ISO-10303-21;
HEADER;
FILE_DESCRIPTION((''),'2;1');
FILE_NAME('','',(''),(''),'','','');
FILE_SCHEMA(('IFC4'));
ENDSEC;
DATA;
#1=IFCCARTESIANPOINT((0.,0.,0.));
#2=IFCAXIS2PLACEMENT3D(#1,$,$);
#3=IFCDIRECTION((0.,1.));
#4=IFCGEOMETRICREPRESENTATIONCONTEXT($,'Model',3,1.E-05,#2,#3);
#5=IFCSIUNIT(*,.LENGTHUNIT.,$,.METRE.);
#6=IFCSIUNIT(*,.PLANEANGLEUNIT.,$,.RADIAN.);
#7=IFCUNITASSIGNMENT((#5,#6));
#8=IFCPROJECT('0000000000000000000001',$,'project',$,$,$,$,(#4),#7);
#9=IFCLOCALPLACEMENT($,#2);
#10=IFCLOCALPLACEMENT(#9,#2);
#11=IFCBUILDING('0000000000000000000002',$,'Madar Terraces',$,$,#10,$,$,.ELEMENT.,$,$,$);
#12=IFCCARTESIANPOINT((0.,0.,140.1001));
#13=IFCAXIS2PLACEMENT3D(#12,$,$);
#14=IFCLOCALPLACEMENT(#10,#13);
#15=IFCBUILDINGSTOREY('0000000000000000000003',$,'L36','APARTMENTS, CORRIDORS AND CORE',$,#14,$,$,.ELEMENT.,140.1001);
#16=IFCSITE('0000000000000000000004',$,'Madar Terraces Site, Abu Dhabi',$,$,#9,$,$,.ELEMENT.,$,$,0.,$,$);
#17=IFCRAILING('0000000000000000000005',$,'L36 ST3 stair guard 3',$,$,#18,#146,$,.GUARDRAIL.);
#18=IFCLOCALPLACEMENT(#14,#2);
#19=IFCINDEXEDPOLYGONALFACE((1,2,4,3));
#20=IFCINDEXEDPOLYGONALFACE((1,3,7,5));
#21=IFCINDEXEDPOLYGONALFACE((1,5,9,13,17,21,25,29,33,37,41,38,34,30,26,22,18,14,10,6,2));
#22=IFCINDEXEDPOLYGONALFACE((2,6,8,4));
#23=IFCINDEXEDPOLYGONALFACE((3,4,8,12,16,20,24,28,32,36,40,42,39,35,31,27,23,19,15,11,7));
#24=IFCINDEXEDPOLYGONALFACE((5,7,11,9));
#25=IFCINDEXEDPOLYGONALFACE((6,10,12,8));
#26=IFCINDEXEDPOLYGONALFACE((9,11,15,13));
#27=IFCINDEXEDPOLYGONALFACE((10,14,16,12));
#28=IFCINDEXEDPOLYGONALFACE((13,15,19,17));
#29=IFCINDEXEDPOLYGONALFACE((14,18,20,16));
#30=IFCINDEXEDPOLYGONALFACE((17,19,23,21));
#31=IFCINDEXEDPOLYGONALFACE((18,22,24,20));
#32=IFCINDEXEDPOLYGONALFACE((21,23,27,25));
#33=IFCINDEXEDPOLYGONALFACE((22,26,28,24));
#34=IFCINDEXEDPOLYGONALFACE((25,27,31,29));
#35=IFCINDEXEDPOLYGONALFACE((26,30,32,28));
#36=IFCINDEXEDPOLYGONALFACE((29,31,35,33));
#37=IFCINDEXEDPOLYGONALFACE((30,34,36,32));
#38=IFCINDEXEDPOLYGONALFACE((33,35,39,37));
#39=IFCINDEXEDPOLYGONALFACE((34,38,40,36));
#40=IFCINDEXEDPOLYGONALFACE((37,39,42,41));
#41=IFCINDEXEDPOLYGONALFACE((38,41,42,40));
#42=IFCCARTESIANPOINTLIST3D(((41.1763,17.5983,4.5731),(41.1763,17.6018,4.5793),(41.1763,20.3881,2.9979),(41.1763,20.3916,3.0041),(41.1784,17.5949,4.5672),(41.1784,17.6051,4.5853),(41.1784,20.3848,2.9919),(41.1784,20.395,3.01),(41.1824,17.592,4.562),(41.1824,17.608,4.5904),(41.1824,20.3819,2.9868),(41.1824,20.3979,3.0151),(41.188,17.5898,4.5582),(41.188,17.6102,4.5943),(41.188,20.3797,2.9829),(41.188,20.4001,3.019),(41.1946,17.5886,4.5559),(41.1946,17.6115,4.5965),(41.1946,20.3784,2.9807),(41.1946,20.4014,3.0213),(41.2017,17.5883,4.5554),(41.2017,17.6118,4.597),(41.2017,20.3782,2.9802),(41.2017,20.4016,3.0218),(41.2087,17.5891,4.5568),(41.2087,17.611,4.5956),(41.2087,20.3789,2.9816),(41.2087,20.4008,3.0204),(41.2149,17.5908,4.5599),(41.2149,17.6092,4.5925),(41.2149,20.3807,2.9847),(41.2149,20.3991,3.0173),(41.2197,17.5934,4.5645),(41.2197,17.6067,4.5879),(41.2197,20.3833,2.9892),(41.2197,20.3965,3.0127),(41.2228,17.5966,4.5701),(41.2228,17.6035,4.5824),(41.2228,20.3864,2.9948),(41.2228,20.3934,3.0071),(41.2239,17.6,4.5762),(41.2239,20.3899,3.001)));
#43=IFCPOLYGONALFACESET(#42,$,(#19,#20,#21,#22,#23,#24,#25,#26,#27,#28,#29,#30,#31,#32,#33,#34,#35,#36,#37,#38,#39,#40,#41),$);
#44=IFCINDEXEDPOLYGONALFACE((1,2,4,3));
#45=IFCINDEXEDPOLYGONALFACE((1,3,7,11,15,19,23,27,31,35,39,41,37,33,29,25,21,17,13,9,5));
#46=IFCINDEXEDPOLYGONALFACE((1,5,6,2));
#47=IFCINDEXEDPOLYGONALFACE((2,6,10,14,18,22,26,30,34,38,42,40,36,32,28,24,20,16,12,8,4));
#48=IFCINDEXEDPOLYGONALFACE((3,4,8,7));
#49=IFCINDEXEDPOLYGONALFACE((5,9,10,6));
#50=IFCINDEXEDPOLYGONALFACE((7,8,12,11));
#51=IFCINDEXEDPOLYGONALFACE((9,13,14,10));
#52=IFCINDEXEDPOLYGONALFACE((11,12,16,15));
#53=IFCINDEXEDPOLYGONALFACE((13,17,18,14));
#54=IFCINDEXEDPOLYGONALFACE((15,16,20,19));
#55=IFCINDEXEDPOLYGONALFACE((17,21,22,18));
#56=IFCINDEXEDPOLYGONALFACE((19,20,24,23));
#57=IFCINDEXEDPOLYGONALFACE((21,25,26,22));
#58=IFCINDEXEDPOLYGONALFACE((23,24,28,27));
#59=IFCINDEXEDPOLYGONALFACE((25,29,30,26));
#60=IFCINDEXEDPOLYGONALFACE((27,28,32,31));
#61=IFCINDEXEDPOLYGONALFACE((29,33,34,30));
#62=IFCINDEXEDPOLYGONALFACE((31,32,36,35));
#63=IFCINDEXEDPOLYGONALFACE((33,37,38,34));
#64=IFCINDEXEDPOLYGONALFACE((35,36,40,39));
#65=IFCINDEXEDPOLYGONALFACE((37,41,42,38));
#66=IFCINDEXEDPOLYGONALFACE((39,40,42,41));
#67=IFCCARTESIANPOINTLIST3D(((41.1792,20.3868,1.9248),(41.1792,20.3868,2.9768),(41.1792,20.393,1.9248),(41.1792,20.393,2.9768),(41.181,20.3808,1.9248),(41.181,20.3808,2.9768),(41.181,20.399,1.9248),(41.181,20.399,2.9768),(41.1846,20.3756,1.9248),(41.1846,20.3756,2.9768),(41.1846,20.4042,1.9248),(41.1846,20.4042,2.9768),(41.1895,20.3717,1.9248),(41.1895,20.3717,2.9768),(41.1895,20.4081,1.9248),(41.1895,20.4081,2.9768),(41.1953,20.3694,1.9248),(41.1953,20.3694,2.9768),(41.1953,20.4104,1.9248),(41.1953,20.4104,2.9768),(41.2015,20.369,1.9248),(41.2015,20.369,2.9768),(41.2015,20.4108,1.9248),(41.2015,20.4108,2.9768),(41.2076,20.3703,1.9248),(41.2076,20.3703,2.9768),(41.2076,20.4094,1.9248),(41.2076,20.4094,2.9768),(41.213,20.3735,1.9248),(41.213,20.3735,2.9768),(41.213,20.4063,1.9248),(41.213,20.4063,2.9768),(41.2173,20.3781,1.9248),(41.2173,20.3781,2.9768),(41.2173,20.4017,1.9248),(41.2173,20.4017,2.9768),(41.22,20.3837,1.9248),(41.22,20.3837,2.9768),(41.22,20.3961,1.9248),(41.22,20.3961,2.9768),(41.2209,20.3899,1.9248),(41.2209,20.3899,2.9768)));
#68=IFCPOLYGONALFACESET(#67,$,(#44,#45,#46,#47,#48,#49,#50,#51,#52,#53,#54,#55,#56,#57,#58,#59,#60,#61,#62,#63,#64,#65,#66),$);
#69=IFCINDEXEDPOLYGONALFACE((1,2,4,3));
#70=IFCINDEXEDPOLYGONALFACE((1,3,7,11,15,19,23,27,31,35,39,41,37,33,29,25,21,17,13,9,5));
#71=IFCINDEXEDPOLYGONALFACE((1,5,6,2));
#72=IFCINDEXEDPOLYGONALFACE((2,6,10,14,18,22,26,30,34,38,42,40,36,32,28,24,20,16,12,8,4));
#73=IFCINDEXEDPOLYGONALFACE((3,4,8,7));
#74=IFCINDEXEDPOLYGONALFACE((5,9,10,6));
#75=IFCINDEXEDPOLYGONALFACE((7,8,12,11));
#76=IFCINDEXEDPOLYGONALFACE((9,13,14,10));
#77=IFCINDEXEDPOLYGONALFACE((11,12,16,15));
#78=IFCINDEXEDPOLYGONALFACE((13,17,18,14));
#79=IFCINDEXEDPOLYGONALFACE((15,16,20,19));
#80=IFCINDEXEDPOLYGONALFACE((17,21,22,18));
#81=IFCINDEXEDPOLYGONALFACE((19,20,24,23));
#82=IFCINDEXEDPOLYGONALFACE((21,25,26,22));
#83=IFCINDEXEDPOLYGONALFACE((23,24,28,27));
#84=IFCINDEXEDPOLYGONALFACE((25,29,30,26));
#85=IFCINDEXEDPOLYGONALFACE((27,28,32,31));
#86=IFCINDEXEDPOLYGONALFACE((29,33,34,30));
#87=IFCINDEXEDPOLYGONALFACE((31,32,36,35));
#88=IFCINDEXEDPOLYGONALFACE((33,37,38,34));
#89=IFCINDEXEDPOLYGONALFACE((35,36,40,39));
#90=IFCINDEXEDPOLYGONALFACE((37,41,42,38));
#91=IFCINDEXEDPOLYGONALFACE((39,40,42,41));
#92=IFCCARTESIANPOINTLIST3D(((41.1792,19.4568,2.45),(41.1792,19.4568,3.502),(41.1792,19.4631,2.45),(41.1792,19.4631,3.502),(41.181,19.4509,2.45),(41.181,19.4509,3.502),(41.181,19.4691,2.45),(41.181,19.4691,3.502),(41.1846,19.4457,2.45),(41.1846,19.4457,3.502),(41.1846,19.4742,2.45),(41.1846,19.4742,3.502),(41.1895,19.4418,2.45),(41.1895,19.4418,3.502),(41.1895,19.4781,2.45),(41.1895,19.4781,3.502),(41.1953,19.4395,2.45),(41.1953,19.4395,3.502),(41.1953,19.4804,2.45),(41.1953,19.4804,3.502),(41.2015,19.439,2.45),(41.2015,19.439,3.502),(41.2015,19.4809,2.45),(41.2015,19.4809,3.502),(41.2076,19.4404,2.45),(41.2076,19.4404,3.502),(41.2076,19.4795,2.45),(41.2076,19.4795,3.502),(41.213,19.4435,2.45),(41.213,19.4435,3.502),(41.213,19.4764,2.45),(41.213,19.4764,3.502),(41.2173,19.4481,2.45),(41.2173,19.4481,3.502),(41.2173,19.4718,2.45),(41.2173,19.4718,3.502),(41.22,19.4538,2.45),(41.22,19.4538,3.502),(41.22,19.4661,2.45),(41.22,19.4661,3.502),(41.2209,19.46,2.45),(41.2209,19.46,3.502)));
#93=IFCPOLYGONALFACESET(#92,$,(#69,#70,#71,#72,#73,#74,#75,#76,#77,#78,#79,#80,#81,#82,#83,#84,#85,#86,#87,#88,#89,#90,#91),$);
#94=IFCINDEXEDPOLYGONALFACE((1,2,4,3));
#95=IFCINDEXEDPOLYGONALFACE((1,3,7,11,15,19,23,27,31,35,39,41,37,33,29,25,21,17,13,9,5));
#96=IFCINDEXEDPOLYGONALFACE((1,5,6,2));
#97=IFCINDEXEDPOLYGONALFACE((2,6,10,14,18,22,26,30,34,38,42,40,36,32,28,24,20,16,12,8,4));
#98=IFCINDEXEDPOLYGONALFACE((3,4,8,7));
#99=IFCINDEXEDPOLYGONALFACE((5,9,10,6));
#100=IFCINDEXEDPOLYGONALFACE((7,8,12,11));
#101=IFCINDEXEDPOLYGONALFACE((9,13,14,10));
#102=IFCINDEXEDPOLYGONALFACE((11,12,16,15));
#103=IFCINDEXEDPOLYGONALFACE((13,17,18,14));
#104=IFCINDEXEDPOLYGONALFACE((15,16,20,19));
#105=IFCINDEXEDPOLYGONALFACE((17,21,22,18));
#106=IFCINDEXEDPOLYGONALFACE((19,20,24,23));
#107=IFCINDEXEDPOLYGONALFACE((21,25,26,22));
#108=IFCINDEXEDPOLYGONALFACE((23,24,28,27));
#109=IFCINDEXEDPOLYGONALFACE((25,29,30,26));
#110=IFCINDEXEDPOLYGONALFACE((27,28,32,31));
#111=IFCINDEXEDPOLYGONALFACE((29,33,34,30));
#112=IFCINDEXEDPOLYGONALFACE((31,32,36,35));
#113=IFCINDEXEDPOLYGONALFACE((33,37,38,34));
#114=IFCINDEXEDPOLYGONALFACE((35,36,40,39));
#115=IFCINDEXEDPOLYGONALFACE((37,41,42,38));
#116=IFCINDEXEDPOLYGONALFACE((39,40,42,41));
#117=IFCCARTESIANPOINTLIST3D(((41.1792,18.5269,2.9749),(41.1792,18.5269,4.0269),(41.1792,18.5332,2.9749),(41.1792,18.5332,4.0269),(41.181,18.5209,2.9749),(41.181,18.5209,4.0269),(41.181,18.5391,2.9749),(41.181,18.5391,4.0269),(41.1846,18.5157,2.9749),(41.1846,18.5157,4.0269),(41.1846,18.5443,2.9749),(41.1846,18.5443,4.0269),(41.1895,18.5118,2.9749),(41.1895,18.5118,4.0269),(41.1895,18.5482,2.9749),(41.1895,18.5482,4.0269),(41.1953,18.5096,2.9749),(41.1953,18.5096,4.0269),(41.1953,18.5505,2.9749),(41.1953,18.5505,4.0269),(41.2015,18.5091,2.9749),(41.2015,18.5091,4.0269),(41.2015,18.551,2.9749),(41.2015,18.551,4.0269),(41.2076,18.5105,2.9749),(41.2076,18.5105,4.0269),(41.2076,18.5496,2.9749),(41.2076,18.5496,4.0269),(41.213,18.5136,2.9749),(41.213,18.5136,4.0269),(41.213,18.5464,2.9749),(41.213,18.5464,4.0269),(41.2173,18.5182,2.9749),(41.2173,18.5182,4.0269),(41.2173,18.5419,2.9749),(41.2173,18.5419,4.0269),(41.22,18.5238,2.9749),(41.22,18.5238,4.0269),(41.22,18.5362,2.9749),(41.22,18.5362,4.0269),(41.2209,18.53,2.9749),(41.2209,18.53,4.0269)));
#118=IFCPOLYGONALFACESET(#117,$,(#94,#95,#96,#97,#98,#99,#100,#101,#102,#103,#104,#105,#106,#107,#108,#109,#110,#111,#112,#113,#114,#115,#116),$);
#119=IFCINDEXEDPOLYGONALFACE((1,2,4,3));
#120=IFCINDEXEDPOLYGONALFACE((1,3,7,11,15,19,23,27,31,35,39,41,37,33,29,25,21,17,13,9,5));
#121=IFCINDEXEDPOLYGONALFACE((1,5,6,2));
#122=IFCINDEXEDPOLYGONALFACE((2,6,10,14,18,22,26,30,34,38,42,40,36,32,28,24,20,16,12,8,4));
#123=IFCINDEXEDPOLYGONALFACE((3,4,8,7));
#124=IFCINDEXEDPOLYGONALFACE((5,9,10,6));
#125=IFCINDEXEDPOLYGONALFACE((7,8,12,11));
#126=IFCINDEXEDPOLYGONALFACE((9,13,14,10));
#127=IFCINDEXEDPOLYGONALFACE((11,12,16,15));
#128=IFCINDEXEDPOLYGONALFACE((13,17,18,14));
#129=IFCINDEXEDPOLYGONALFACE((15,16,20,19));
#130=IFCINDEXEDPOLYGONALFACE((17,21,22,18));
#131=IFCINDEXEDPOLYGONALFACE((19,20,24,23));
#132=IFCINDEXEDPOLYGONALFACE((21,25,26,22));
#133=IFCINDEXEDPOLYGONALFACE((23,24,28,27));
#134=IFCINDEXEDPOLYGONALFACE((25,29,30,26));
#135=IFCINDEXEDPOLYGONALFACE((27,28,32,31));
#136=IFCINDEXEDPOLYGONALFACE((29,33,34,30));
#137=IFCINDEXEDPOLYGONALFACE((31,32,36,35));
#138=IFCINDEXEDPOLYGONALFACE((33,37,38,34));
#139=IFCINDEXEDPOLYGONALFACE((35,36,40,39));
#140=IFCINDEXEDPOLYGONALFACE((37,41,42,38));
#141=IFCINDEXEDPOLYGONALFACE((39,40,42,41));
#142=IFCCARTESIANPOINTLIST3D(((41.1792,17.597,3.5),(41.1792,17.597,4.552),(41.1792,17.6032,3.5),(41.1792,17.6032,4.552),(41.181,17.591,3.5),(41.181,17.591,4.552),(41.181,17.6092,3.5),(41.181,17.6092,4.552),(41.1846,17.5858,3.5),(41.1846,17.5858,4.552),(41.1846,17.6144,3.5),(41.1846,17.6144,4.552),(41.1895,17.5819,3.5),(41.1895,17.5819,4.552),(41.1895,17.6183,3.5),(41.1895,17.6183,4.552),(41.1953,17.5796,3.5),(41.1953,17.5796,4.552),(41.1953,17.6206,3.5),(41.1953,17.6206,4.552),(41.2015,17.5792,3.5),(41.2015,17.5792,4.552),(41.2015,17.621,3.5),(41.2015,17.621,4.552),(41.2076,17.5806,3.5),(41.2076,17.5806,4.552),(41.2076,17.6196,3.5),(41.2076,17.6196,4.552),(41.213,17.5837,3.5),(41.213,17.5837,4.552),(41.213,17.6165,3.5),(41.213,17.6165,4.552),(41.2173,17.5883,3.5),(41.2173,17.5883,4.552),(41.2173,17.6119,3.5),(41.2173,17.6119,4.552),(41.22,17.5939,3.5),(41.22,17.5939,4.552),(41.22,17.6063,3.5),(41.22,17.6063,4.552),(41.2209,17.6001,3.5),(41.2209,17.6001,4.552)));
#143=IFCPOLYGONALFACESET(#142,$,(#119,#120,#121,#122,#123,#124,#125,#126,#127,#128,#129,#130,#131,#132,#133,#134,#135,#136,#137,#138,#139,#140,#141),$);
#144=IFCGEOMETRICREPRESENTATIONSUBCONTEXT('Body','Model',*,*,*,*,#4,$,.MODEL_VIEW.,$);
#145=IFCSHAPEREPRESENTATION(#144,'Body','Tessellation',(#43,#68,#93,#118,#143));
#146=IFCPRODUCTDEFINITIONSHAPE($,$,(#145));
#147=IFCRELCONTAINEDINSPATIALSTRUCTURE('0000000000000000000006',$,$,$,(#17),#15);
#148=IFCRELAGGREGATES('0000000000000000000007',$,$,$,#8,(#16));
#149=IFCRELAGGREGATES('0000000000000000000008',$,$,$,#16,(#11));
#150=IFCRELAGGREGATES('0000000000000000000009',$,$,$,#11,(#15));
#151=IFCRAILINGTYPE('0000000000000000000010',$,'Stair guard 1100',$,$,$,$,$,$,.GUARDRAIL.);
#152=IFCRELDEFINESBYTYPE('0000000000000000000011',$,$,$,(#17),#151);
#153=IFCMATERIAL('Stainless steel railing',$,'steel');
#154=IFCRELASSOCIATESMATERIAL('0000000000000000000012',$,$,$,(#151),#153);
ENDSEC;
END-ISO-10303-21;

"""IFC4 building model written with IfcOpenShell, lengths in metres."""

from ifc_helpers import new_model, si_unit, direction, frame, origin, origin_2d, place, context, subcontext, project, spatial, circle, extrude, material, type_object, element, save


model = new_model("IFC4")

# Units and contexts
model_context = context("Model", 3, precision=1e-05, world=origin(), true_north=direction((0.0, 1.0)))
body_context = subcontext(model_context, "Body", "Model", "MODEL_VIEW")
ifc_project = project(units=[si_unit("LENGTHUNIT", "METRE"), si_unit("PLANEANGLEUNIT", "RADIAN")], contexts=[model_context])

# Site, building, storey
site_placement = place(None, origin())
site = spatial("IfcSite", under=ifc_project, at=site_placement, Name="Madar Terraces Site, Abu Dhabi", CompositionType="ELEMENT", RefElevation=0.0)
building_placement = place(site_placement, origin())
building = spatial("IfcBuilding", under=site, at=building_placement, Name="Madar Terraces", CompositionType="ELEMENT")
storey_placement = place(building_placement, frame((0.0, 0.0, 140.1001)))
storey = spatial("IfcBuildingStorey", under=building, at=storey_placement, Name="L36", Description="APARTMENTS, CORRIDORS AND CORE", CompositionType="ELEMENT", Elevation=140.1001)

# Railing
ifc_material_1 = material(Name="Stainless steel railing", Category="steel")
railing_type_1 = type_object("IfcRailingType", Name="Stair guard 1100", PredefinedType="GUARDRAIL", material=ifc_material_1)
railing_1_placement = place(storey_placement, frame((41.2, 20.3899, 1.9248)))
element("IfcRailing", 1, at=railing_1_placement, inside=storey, type_object=railing_type_1, Name="L36 ST3 stair guard 3", PredefinedType="GUARDRAIL", context=body_context, shape_type="SweptSolid", body=[
    extrude(circle(Radius=0.0239, at=origin_2d()), frame((0.0, 0.0, 1.0762), z_axis=(0.0, -0.870783, 0.491668), x_axis=(1.0, 0.0, 0.0)), (0.0, 0.0, 1.0), 3.2039),
    extrude(circle(Radius=0.021, at=origin_2d()), origin(), (0.0, 0.0, 1.0), 1.052),
    extrude(circle(Radius=0.021, at=origin_2d()), frame((0.0, -0.9299, 0.5251)), (0.0, 0.0, 1.0), 1.052),
    extrude(circle(Radius=0.021, at=origin_2d()), frame((0.0, -1.8599, 1.05)), (0.0, 0.0, 1.0), 1.052),
    extrude(circle(Radius=0.021, at=origin_2d()), frame((0.0, -2.7898, 1.5752)), (0.0, 0.0, 1.0), 1.052),
])

save(model, "model.ifc")
